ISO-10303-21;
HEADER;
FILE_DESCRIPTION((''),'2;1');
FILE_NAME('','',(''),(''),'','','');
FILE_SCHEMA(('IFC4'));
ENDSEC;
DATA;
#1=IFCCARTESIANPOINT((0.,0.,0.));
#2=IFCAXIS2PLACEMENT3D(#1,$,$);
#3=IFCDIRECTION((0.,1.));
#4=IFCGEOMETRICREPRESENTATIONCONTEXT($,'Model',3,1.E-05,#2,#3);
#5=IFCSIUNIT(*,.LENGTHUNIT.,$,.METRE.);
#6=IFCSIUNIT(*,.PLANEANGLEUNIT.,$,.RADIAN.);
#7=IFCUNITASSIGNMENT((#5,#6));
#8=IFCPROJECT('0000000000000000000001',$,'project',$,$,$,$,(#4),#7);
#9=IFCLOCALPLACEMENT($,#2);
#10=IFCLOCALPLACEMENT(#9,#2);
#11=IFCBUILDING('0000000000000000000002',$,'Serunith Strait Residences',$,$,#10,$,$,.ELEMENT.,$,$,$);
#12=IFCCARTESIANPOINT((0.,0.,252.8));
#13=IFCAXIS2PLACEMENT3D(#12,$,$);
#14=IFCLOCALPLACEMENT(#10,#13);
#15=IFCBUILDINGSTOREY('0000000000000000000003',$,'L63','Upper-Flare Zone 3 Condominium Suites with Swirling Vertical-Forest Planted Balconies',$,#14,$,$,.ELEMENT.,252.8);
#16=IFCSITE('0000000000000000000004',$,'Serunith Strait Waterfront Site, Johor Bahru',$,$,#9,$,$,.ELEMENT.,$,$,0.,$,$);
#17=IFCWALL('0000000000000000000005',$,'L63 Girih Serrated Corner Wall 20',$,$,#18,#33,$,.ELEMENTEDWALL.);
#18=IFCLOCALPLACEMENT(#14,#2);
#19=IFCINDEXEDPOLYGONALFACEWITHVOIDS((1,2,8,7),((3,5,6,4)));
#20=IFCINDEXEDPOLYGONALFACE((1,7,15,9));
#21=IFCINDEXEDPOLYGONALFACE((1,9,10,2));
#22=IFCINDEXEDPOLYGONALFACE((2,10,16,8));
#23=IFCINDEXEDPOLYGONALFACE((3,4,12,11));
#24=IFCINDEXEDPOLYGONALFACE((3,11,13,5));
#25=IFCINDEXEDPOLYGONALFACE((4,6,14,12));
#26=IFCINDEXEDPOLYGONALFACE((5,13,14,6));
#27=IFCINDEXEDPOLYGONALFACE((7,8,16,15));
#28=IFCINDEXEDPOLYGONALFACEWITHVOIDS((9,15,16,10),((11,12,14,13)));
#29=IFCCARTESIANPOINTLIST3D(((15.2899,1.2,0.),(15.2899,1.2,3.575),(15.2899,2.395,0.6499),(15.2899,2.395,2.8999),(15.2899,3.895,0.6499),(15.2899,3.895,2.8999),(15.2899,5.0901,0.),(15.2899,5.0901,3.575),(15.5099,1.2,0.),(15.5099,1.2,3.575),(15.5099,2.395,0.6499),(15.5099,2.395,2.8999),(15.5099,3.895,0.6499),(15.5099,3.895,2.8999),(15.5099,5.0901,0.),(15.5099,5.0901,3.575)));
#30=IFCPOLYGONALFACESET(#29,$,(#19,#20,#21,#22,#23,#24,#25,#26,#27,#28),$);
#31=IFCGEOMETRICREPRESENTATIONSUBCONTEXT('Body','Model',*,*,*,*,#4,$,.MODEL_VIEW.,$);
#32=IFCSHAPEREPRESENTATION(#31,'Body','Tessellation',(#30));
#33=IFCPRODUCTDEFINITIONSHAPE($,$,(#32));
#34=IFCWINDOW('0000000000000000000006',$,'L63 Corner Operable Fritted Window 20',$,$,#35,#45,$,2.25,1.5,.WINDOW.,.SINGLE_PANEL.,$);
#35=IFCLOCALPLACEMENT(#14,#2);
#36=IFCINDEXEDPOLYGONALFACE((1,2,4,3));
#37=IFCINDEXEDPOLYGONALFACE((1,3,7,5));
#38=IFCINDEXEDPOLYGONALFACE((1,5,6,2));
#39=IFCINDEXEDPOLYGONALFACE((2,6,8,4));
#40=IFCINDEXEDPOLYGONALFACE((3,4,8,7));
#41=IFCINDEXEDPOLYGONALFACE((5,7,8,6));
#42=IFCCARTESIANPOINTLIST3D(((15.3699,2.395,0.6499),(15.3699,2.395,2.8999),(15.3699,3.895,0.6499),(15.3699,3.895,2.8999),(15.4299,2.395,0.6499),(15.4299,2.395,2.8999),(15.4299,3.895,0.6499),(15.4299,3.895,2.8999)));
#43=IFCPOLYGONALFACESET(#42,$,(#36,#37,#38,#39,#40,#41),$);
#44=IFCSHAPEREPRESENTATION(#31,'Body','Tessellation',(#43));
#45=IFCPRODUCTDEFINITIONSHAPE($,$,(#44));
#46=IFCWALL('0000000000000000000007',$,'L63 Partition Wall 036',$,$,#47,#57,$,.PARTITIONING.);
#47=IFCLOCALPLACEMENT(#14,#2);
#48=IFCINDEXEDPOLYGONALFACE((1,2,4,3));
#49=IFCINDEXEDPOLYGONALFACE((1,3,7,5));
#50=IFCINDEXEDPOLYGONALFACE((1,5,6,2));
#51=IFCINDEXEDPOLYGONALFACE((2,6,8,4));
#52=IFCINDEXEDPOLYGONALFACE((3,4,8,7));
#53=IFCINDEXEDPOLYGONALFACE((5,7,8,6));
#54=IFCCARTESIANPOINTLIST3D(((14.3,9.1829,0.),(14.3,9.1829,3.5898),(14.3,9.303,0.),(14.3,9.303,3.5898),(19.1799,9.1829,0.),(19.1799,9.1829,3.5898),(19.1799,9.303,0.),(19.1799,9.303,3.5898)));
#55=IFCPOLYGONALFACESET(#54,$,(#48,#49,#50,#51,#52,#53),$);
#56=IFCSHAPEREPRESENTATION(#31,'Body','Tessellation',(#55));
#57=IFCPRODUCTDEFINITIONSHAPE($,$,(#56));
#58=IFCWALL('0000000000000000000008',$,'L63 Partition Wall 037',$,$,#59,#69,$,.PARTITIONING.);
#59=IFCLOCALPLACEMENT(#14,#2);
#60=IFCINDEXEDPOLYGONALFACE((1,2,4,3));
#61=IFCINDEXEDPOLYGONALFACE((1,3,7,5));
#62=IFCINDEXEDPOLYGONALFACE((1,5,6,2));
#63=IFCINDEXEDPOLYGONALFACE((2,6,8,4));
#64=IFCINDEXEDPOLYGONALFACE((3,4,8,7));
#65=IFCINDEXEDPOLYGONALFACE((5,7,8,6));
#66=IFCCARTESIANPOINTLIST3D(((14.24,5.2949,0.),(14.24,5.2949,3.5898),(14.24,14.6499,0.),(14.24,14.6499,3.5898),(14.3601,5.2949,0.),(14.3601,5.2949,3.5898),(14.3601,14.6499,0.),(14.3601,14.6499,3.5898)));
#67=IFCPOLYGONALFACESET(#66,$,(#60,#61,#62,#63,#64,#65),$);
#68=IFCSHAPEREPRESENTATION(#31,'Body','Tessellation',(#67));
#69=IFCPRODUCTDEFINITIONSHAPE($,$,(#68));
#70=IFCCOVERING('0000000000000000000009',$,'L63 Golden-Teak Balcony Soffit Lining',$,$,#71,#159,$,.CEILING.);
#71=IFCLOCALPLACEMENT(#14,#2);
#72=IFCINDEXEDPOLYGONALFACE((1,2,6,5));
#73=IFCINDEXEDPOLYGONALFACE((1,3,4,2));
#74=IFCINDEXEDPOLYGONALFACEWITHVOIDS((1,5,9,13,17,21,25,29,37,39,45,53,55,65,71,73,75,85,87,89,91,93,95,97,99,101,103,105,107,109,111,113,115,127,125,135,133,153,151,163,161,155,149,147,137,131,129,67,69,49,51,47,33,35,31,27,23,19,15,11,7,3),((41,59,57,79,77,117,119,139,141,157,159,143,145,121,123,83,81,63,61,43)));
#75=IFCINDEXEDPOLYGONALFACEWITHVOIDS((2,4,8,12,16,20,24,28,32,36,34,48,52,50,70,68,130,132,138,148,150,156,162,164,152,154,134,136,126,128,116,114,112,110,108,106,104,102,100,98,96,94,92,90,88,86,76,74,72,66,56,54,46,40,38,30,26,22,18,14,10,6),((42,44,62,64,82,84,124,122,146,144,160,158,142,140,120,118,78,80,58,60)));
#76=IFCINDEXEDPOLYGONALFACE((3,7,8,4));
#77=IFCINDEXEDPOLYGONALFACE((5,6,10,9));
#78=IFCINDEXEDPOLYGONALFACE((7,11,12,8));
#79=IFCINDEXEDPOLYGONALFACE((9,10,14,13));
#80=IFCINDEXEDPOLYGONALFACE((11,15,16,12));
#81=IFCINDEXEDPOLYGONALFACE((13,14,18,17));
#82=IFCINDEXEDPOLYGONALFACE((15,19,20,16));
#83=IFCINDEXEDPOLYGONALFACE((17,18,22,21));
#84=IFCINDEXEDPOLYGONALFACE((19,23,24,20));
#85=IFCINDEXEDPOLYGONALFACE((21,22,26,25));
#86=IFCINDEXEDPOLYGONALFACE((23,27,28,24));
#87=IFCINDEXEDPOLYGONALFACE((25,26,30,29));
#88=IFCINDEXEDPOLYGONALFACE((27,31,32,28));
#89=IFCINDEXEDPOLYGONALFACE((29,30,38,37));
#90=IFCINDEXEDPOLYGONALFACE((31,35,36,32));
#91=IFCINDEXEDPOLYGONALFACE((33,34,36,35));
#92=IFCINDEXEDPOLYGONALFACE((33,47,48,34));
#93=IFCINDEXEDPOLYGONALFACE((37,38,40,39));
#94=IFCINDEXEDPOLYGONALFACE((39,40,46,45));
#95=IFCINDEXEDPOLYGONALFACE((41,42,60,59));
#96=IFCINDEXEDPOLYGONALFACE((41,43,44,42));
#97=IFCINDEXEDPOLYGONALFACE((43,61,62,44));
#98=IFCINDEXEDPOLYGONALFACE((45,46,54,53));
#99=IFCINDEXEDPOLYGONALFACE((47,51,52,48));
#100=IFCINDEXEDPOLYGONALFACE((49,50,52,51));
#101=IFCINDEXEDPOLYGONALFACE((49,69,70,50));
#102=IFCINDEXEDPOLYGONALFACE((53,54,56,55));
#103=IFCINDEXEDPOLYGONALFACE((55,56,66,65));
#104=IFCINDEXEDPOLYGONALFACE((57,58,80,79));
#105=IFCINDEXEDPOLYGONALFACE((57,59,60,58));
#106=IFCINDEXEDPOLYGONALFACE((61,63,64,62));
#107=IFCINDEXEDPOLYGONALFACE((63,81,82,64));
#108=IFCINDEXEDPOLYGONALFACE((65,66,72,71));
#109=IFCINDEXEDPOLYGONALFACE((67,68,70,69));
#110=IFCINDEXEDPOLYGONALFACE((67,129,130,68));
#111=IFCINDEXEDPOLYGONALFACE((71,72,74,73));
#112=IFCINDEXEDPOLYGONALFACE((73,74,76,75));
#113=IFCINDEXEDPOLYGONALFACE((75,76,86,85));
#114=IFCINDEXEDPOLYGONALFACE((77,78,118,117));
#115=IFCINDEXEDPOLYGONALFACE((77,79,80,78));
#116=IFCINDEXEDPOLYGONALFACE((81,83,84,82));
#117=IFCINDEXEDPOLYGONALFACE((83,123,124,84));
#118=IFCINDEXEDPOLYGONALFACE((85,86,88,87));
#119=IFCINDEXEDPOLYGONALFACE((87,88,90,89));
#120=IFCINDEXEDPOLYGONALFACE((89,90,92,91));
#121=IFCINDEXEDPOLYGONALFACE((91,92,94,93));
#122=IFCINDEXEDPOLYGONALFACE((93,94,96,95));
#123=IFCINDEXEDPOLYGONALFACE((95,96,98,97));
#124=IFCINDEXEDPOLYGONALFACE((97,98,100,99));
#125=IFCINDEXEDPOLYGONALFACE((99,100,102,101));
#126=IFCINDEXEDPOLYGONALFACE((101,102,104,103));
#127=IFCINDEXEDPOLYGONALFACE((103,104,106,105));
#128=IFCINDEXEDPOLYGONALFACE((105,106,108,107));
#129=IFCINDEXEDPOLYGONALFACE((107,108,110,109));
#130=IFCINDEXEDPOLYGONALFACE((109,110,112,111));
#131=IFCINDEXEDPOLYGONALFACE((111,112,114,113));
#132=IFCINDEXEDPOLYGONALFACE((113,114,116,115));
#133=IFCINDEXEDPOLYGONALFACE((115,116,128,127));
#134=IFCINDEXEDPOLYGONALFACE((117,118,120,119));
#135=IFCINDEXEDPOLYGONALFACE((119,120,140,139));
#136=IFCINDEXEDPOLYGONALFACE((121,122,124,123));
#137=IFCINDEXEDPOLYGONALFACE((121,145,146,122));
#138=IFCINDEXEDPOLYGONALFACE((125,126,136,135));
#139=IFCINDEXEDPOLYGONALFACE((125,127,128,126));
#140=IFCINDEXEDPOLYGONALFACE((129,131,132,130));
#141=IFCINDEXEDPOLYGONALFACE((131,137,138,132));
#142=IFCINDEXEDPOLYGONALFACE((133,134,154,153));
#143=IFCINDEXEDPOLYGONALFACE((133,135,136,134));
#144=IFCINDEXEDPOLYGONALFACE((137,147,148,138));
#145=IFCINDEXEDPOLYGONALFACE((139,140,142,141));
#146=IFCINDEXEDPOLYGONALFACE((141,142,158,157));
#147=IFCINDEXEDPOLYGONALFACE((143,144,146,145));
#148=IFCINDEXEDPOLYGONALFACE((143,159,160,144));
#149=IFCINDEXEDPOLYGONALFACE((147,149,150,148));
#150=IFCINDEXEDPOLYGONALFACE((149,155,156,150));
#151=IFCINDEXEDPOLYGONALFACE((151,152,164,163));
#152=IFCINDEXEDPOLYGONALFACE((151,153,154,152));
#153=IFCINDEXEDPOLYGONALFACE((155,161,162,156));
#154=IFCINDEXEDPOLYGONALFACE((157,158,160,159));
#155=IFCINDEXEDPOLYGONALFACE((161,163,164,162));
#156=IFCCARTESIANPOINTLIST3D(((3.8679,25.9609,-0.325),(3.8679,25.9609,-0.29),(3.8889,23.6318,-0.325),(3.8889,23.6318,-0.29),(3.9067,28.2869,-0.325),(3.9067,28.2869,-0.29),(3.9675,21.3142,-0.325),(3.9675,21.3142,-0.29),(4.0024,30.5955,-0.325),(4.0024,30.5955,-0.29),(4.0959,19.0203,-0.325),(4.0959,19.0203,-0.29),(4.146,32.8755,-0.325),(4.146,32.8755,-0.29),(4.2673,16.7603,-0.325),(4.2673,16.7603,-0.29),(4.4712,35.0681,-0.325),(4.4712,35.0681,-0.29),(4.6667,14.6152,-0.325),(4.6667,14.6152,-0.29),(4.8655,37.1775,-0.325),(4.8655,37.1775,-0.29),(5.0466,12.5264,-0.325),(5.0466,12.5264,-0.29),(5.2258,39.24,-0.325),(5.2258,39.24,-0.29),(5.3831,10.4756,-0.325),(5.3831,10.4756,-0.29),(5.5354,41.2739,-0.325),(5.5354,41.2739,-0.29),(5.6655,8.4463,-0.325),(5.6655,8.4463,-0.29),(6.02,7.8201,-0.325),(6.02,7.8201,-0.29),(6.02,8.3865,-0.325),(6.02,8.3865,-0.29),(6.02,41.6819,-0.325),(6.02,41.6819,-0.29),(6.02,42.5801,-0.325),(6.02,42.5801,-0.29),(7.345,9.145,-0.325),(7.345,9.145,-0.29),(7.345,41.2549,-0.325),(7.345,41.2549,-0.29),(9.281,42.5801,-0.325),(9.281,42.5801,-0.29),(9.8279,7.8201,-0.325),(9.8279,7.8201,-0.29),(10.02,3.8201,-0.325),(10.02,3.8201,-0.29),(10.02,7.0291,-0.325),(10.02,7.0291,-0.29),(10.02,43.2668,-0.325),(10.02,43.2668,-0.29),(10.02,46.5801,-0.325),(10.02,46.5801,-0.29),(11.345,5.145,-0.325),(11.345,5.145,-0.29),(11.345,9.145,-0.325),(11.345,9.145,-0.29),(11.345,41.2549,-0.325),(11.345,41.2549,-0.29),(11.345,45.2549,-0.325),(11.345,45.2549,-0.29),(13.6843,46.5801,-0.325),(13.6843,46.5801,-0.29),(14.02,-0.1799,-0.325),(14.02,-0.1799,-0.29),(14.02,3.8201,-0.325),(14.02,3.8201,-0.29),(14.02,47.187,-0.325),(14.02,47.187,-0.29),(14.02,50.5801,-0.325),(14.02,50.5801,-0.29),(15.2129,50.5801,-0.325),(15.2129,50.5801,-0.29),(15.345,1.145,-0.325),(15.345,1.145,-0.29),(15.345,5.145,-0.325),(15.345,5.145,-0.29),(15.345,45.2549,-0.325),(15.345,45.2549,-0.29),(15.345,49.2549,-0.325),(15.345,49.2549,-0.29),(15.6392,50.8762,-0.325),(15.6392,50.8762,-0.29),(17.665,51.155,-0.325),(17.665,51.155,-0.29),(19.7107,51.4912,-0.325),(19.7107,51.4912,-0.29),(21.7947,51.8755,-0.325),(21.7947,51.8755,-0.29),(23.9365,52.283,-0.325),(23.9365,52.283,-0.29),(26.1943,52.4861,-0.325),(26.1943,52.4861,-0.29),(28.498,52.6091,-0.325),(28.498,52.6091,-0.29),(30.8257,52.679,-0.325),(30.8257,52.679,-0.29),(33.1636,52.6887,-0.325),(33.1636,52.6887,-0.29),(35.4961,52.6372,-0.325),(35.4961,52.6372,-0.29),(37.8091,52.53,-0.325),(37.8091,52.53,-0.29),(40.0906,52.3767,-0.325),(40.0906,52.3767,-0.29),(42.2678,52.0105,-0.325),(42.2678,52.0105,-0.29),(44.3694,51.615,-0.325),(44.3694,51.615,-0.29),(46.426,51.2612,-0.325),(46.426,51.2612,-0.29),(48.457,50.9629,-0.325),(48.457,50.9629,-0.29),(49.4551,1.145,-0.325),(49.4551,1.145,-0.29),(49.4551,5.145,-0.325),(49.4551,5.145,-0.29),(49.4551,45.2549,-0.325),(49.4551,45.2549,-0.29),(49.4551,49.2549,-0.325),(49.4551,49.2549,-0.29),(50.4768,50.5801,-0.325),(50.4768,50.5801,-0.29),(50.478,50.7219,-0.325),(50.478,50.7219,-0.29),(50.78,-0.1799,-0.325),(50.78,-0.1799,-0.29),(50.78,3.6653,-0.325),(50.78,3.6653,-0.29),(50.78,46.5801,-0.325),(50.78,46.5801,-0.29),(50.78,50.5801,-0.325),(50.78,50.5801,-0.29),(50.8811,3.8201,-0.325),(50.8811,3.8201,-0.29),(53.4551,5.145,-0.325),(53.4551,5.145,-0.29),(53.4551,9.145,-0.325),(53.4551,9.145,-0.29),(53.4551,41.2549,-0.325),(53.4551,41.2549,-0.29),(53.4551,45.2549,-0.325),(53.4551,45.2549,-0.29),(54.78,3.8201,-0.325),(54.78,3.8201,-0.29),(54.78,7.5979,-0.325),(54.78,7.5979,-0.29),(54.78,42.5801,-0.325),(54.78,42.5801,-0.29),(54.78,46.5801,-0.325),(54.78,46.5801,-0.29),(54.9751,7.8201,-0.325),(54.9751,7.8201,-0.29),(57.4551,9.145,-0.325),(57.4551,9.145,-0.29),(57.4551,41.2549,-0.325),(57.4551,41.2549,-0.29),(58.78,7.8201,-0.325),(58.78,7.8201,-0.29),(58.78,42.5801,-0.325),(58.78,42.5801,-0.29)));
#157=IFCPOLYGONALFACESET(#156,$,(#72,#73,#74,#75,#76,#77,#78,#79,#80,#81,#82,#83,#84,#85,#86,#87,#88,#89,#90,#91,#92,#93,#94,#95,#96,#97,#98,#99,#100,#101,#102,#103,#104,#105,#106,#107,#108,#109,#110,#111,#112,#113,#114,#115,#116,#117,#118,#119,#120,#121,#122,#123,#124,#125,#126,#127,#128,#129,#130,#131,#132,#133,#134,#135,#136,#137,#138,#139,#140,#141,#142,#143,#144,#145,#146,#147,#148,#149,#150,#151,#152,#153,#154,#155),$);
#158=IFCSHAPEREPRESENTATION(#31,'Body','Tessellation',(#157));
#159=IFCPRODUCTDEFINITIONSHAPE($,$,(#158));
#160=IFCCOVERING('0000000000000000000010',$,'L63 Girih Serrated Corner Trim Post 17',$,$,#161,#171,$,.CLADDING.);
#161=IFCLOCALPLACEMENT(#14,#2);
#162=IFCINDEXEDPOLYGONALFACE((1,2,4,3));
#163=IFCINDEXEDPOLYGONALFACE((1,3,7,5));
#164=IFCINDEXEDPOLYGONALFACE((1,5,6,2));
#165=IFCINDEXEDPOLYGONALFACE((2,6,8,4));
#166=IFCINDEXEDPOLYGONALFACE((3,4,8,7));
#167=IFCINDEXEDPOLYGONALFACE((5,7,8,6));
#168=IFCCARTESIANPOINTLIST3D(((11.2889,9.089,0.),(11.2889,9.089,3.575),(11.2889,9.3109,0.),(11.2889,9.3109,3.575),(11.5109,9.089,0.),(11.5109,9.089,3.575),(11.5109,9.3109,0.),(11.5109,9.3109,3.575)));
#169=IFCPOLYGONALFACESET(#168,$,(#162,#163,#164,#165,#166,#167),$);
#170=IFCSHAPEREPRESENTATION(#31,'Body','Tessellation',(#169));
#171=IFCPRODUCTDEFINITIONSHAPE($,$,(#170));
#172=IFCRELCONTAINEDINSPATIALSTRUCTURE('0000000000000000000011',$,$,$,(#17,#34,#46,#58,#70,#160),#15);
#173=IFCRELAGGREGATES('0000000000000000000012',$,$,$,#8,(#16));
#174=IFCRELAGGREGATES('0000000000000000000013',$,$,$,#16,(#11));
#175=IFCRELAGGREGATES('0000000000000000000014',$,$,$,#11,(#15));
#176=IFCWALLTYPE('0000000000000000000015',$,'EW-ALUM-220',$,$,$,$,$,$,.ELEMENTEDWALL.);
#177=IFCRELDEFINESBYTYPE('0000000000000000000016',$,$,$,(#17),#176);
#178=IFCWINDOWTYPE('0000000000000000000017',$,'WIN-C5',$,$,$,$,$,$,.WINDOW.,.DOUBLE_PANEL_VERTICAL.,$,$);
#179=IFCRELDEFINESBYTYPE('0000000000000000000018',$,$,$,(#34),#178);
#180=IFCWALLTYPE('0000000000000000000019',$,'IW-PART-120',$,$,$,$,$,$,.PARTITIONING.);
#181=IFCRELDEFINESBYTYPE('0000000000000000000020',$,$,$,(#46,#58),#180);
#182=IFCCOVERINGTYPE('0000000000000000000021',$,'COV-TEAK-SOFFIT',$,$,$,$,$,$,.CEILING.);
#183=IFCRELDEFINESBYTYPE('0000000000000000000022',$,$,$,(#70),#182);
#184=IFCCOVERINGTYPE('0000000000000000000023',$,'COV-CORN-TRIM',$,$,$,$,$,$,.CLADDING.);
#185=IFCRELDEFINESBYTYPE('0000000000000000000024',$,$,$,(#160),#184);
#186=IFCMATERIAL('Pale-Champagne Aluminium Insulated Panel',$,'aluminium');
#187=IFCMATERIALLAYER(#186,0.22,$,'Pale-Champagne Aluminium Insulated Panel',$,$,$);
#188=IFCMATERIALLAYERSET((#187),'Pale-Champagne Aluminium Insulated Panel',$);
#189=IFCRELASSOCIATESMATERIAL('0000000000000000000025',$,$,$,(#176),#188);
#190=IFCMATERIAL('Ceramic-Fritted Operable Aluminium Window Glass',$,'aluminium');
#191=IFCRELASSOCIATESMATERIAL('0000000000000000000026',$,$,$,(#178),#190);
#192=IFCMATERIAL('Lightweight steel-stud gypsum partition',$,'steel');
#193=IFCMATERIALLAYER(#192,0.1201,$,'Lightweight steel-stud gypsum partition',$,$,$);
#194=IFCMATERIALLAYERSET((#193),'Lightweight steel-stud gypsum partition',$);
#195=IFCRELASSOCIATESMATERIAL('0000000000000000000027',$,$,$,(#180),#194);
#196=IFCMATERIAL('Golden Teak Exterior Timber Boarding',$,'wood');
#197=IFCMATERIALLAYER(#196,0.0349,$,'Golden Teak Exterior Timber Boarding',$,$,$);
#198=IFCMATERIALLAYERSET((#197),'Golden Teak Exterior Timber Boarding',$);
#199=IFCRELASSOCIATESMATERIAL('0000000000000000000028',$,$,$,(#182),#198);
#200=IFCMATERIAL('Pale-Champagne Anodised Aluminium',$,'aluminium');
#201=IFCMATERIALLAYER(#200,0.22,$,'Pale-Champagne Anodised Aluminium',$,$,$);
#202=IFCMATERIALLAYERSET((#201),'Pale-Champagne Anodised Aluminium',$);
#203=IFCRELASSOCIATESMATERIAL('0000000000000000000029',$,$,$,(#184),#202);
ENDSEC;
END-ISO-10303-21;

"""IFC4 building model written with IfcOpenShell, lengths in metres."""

from ifc_helpers import new_model, si_unit, direction, frame, frame_2d, origin, origin_2d, place, context, subcontext, project, spatial, polyline, rectangle, outline, extrude, source, transform, mapped, material, layer, layer_set, type_object, element, fill, save


model = new_model("IFC4")

# Units and contexts
model_context = context("Model", 3, precision=1e-05, world=origin(), true_north=direction((0.0, 1.0)))
body_context = subcontext(model_context, "Body", "Model", "MODEL_VIEW")
ifc_project = project(units=[si_unit("LENGTHUNIT", "METRE"), si_unit("PLANEANGLEUNIT", "RADIAN")], contexts=[model_context])

# Site, building, storey
site_placement = place(None, origin())
site = spatial("IfcSite", under=ifc_project, at=site_placement, Name="Serunith Strait Waterfront Site, Johor Bahru", CompositionType="ELEMENT", RefElevation=0.0)
building_placement = place(site_placement, origin())
building = spatial("IfcBuilding", under=site, at=building_placement, Name="Serunith Strait Residences", CompositionType="ELEMENT")
storey_placement = place(building_placement, frame((0.0, 0.0, 252.8)))
storey = spatial("IfcBuildingStorey", under=building, at=storey_placement, Name="L63", Description="Upper-Flare Zone 3 Condominium Suites with Swirling Vertical-Forest Planted Balconies", CompositionType="ELEMENT", Elevation=252.8)

# Shared definitions
ifc_material_1 = material(Name="Pale-Champagne Anodised Aluminium", Category="aluminium")

# Wall, opening, window
ifc_material_2 = material(Name="Pale-Champagne Aluminium Insulated Panel", Category="aluminium")
ifc_layer_1 = layer(ifc_material_2, 0.22, Name="Pale-Champagne Aluminium Insulated Panel")
ifc_layer_set_1 = layer_set([ifc_layer_1], Name="Pale-Champagne Aluminium Insulated Panel")
wall_type_1 = type_object("IfcWallType", Name="EW-ALUM-220", PredefinedType="ELEMENTEDWALL", material=ifc_layer_set_1)
ifc_material_3 = material(Name="Ceramic-Fritted Operable Aluminium Window Glass", Category="aluminium")
window_type = type_object("IfcWindowType", Name="WIN-C5", PartitioningType="DOUBLE_PANEL_VERTICAL", PredefinedType="WINDOW", material=ifc_material_3)
shared_shape_1 = source(origin(), body_context, "Body", "SweptSolid", [
    extrude(rectangle(XDim=1.5, YDim=2.25, at=frame_2d((0.75, 1.125))), frame((0.0, 0.03, 0.0), z_axis=(0.0, -1.0, 0.0), x_axis=(1.0, 0.0, 0.0)), (0.0, 0.0, 1.0), 0.0601),
])
wall_1_placement = place(storey_placement, frame((15.3999, 5.0901, 0.0), z_axis=(0.0, 0.0, 1.0), x_axis=(0.0, -1.0, 0.0)))
wall_1 = element("IfcWall", 1, at=wall_1_placement, inside=storey, type_object=wall_type_1, Name="L63 Girih Serrated Corner Wall 20", PredefinedType="ELEMENTEDWALL", context=body_context, shape_type="SweptSolid", body=[
    extrude(rectangle(XDim=3.8901, YDim=0.22, at=frame_2d((1.9451, 0.0))), origin(), (0.0, 0.0, 1.0), 3.575),
])
opening_1_placement = place(wall_1_placement, frame((1.1951, 0.0, 0.6499)))
opening_1 = element("IfcOpeningElement", 2, at=opening_1_placement, cuts=wall_1, PredefinedType="OPENING", context=body_context, shape_type="SweptSolid", body=[
    extrude(rectangle(XDim=1.5, YDim=2.25, at=frame_2d((0.75, 1.125))), frame((0.0, 0.1201, 0.0), z_axis=(0.0, -1.0, 0.0), x_axis=(1.0, 0.0, 0.0)), (0.0, 0.0, 1.0), 0.24),
])
window_1_placement = place(opening_1_placement, origin())
window_1 = element("IfcWindow", 3, at=window_1_placement, inside=storey, type_object=window_type, Name="L63 Corner Operable Fritted Window 20", OverallHeight=2.25, OverallWidth=1.5, PartitioningType="SINGLE_PANEL", PredefinedType="WINDOW", context=body_context, shape_type="MappedRepresentation", body=[
    mapped(shared_shape_1, transform((0.0, 0.0, 0.0), scale=1.0)),
])
fill(opening_1, window_1)

# Walls
ifc_material_4 = material(Name="Lightweight steel-stud gypsum partition", Category="steel")
ifc_layer_2 = layer(ifc_material_4, 0.1201, Name="Lightweight steel-stud gypsum partition")
ifc_layer_set_2 = layer_set([ifc_layer_2], Name="Lightweight steel-stud gypsum partition")
wall_type_2 = type_object("IfcWallType", Name="IW-PART-120", PredefinedType="PARTITIONING", material=ifc_layer_set_2)
wall_2_placement = place(storey_placement, frame((14.3, 9.2429, 0.0), z_axis=(0.0, 0.0, 1.0), x_axis=(1.0, 0.0, 0.0)))
element("IfcWall", 4, at=wall_2_placement, inside=storey, type_object=wall_type_2, Name="L63 Partition Wall 036", PredefinedType="PARTITIONING", context=body_context, shape_type="SweptSolid", body=[
    extrude(rectangle(XDim=4.8799, YDim=0.1201, at=frame_2d((2.4399, 0.0))), origin(), (0.0, 0.0, 1.0), 3.5898),
])
wall_3_placement = place(storey_placement, frame((14.3, 5.2949, 0.0), z_axis=(0.0, 0.0, 1.0), x_axis=(0.0, 1.0, 0.0)))
element("IfcWall", 5, at=wall_3_placement, inside=storey, type_object=wall_type_2, Name="L63 Partition Wall 037", PredefinedType="PARTITIONING", context=body_context, shape_type="SweptSolid", body=[
    extrude(rectangle(XDim=9.355, YDim=0.1201, at=frame_2d((4.6775, 0.0))), origin(), (0.0, 0.0, 1.0), 3.5898),
])

# Covering
ifc_material_5 = material(Name="Golden Teak Exterior Timber Boarding", Category="wood")
ifc_layer_3 = layer(ifc_material_5, 0.0349, Name="Golden Teak Exterior Timber Boarding")
ifc_layer_set_3 = layer_set([ifc_layer_3], Name="Golden Teak Exterior Timber Boarding")
covering_type_1 = type_object("IfcCoveringType", Name="COV-TEAK-SOFFIT", PredefinedType="CEILING", material=ifc_layer_set_3)
covering_placement = place(storey_placement, frame((0.0, 0.0, -0.325)))
element("IfcCovering", 6, at=covering_placement, inside=storey, type_object=covering_type_1, Name="L63 Golden-Teak Balcony Soffit Lining", PredefinedType="CEILING", context=body_context, shape_type="SweptSolid", body=[
    extrude(outline(polyline([(6.02, 7.8201), (6.02, 8.3865), (5.6655, 8.4463), (5.3831, 10.4756), (5.0466, 12.5264), (4.6667, 14.6152), (4.2673, 16.7603), (4.0959, 19.0203), (3.9675, 21.3142), (3.8889, 23.6318), (3.8679, 25.9609), (3.9067, 28.2869), (4.0024, 30.5955), (4.146, 32.8755), (4.4712, 35.0681), (4.8655, 37.1775), (5.2258, 39.24), (5.5354, 41.2739), (6.02, 41.6819), (6.02, 42.5801), (9.281, 42.5801), (10.02, 43.2668), (10.02, 46.5801), (13.6843, 46.5801), (14.02, 47.187), (14.02, 50.5801), (15.2129, 50.5801), (15.6392, 50.8762), (17.665, 51.155), (19.7107, 51.4912), (21.7947, 51.8755), (23.9365, 52.283), (26.1943, 52.4861), (28.498, 52.6091), (30.8257, 52.679), (33.1636, 52.6887), (35.4961, 52.6372), (37.8091, 52.53), (40.0906, 52.3767), (42.2678, 52.0105), (44.3694, 51.615), (46.426, 51.2612), (48.457, 50.9629), (50.478, 50.7219), (50.4768, 50.5801), (50.78, 50.5801), (50.78, 46.5801), (54.78, 46.5801), (54.78, 42.5801), (58.78, 42.5801), (58.78, 7.8201), (54.9751, 7.8201), (54.78, 7.5979), (54.78, 3.8201), (50.8811, 3.8201), (50.78, 3.6653), (50.78, -0.1799), (14.02, -0.1799), (14.02, 3.8201), (10.02, 3.8201), (10.02, 7.0291), (9.8279, 7.8201), (6.02, 7.8201)]), holes=[polyline([(49.4551, 1.145), (49.4551, 5.145), (53.4551, 5.145), (53.4551, 9.145), (57.4551, 9.145), (57.4551, 41.2549), (53.4551, 41.2549), (53.4551, 45.2549), (49.4551, 45.2549), (49.4551, 49.2549), (15.345, 49.2549), (15.345, 45.2549), (11.345, 45.2549), (11.345, 41.2549), (7.345, 41.2549), (7.345, 9.145), (11.345, 9.145), (11.345, 5.145), (15.345, 5.145), (15.345, 1.145), (49.4551, 1.145)])]), origin(), (0.0, 0.0, 1.0), 0.0349),
])

# Covering
ifc_layer_4 = layer(ifc_material_1, 0.22, Name="Pale-Champagne Anodised Aluminium")
ifc_layer_set_4 = layer_set([ifc_layer_4], Name="Pale-Champagne Anodised Aluminium")
covering_type_2 = type_object("IfcCoveringType", Name="COV-CORN-TRIM", PredefinedType="CLADDING", material=ifc_layer_set_4)
shared_shape_2 = source(origin(), body_context, "Body", "SweptSolid", [
    extrude(rectangle(XDim=0.2219, YDim=0.2219, at=origin_2d()), origin(), (0.0, 0.0, 1.0), 3.575),
])
for number, where, z_axis, x_axis, name in (
    (7, (11.3999, 9.2, 0.0), (0.0, 0.0, 1.0), (1.0, 0.0, 0.0), "L63 Girih Serrated Corner Trim Post 17"),
):
    element("IfcCovering", number, at=place(storey_placement, frame(where, z_axis=z_axis, x_axis=x_axis)), inside=storey, type_object=covering_type_2, Name=name, PredefinedType="CLADDING", context=body_context, shape_type="MappedRepresentation", body=[
        mapped(shared_shape_2, transform((0.0, 0.0, 0.0), scale=1.0)),
    ])

save(model, "model.ifc")
